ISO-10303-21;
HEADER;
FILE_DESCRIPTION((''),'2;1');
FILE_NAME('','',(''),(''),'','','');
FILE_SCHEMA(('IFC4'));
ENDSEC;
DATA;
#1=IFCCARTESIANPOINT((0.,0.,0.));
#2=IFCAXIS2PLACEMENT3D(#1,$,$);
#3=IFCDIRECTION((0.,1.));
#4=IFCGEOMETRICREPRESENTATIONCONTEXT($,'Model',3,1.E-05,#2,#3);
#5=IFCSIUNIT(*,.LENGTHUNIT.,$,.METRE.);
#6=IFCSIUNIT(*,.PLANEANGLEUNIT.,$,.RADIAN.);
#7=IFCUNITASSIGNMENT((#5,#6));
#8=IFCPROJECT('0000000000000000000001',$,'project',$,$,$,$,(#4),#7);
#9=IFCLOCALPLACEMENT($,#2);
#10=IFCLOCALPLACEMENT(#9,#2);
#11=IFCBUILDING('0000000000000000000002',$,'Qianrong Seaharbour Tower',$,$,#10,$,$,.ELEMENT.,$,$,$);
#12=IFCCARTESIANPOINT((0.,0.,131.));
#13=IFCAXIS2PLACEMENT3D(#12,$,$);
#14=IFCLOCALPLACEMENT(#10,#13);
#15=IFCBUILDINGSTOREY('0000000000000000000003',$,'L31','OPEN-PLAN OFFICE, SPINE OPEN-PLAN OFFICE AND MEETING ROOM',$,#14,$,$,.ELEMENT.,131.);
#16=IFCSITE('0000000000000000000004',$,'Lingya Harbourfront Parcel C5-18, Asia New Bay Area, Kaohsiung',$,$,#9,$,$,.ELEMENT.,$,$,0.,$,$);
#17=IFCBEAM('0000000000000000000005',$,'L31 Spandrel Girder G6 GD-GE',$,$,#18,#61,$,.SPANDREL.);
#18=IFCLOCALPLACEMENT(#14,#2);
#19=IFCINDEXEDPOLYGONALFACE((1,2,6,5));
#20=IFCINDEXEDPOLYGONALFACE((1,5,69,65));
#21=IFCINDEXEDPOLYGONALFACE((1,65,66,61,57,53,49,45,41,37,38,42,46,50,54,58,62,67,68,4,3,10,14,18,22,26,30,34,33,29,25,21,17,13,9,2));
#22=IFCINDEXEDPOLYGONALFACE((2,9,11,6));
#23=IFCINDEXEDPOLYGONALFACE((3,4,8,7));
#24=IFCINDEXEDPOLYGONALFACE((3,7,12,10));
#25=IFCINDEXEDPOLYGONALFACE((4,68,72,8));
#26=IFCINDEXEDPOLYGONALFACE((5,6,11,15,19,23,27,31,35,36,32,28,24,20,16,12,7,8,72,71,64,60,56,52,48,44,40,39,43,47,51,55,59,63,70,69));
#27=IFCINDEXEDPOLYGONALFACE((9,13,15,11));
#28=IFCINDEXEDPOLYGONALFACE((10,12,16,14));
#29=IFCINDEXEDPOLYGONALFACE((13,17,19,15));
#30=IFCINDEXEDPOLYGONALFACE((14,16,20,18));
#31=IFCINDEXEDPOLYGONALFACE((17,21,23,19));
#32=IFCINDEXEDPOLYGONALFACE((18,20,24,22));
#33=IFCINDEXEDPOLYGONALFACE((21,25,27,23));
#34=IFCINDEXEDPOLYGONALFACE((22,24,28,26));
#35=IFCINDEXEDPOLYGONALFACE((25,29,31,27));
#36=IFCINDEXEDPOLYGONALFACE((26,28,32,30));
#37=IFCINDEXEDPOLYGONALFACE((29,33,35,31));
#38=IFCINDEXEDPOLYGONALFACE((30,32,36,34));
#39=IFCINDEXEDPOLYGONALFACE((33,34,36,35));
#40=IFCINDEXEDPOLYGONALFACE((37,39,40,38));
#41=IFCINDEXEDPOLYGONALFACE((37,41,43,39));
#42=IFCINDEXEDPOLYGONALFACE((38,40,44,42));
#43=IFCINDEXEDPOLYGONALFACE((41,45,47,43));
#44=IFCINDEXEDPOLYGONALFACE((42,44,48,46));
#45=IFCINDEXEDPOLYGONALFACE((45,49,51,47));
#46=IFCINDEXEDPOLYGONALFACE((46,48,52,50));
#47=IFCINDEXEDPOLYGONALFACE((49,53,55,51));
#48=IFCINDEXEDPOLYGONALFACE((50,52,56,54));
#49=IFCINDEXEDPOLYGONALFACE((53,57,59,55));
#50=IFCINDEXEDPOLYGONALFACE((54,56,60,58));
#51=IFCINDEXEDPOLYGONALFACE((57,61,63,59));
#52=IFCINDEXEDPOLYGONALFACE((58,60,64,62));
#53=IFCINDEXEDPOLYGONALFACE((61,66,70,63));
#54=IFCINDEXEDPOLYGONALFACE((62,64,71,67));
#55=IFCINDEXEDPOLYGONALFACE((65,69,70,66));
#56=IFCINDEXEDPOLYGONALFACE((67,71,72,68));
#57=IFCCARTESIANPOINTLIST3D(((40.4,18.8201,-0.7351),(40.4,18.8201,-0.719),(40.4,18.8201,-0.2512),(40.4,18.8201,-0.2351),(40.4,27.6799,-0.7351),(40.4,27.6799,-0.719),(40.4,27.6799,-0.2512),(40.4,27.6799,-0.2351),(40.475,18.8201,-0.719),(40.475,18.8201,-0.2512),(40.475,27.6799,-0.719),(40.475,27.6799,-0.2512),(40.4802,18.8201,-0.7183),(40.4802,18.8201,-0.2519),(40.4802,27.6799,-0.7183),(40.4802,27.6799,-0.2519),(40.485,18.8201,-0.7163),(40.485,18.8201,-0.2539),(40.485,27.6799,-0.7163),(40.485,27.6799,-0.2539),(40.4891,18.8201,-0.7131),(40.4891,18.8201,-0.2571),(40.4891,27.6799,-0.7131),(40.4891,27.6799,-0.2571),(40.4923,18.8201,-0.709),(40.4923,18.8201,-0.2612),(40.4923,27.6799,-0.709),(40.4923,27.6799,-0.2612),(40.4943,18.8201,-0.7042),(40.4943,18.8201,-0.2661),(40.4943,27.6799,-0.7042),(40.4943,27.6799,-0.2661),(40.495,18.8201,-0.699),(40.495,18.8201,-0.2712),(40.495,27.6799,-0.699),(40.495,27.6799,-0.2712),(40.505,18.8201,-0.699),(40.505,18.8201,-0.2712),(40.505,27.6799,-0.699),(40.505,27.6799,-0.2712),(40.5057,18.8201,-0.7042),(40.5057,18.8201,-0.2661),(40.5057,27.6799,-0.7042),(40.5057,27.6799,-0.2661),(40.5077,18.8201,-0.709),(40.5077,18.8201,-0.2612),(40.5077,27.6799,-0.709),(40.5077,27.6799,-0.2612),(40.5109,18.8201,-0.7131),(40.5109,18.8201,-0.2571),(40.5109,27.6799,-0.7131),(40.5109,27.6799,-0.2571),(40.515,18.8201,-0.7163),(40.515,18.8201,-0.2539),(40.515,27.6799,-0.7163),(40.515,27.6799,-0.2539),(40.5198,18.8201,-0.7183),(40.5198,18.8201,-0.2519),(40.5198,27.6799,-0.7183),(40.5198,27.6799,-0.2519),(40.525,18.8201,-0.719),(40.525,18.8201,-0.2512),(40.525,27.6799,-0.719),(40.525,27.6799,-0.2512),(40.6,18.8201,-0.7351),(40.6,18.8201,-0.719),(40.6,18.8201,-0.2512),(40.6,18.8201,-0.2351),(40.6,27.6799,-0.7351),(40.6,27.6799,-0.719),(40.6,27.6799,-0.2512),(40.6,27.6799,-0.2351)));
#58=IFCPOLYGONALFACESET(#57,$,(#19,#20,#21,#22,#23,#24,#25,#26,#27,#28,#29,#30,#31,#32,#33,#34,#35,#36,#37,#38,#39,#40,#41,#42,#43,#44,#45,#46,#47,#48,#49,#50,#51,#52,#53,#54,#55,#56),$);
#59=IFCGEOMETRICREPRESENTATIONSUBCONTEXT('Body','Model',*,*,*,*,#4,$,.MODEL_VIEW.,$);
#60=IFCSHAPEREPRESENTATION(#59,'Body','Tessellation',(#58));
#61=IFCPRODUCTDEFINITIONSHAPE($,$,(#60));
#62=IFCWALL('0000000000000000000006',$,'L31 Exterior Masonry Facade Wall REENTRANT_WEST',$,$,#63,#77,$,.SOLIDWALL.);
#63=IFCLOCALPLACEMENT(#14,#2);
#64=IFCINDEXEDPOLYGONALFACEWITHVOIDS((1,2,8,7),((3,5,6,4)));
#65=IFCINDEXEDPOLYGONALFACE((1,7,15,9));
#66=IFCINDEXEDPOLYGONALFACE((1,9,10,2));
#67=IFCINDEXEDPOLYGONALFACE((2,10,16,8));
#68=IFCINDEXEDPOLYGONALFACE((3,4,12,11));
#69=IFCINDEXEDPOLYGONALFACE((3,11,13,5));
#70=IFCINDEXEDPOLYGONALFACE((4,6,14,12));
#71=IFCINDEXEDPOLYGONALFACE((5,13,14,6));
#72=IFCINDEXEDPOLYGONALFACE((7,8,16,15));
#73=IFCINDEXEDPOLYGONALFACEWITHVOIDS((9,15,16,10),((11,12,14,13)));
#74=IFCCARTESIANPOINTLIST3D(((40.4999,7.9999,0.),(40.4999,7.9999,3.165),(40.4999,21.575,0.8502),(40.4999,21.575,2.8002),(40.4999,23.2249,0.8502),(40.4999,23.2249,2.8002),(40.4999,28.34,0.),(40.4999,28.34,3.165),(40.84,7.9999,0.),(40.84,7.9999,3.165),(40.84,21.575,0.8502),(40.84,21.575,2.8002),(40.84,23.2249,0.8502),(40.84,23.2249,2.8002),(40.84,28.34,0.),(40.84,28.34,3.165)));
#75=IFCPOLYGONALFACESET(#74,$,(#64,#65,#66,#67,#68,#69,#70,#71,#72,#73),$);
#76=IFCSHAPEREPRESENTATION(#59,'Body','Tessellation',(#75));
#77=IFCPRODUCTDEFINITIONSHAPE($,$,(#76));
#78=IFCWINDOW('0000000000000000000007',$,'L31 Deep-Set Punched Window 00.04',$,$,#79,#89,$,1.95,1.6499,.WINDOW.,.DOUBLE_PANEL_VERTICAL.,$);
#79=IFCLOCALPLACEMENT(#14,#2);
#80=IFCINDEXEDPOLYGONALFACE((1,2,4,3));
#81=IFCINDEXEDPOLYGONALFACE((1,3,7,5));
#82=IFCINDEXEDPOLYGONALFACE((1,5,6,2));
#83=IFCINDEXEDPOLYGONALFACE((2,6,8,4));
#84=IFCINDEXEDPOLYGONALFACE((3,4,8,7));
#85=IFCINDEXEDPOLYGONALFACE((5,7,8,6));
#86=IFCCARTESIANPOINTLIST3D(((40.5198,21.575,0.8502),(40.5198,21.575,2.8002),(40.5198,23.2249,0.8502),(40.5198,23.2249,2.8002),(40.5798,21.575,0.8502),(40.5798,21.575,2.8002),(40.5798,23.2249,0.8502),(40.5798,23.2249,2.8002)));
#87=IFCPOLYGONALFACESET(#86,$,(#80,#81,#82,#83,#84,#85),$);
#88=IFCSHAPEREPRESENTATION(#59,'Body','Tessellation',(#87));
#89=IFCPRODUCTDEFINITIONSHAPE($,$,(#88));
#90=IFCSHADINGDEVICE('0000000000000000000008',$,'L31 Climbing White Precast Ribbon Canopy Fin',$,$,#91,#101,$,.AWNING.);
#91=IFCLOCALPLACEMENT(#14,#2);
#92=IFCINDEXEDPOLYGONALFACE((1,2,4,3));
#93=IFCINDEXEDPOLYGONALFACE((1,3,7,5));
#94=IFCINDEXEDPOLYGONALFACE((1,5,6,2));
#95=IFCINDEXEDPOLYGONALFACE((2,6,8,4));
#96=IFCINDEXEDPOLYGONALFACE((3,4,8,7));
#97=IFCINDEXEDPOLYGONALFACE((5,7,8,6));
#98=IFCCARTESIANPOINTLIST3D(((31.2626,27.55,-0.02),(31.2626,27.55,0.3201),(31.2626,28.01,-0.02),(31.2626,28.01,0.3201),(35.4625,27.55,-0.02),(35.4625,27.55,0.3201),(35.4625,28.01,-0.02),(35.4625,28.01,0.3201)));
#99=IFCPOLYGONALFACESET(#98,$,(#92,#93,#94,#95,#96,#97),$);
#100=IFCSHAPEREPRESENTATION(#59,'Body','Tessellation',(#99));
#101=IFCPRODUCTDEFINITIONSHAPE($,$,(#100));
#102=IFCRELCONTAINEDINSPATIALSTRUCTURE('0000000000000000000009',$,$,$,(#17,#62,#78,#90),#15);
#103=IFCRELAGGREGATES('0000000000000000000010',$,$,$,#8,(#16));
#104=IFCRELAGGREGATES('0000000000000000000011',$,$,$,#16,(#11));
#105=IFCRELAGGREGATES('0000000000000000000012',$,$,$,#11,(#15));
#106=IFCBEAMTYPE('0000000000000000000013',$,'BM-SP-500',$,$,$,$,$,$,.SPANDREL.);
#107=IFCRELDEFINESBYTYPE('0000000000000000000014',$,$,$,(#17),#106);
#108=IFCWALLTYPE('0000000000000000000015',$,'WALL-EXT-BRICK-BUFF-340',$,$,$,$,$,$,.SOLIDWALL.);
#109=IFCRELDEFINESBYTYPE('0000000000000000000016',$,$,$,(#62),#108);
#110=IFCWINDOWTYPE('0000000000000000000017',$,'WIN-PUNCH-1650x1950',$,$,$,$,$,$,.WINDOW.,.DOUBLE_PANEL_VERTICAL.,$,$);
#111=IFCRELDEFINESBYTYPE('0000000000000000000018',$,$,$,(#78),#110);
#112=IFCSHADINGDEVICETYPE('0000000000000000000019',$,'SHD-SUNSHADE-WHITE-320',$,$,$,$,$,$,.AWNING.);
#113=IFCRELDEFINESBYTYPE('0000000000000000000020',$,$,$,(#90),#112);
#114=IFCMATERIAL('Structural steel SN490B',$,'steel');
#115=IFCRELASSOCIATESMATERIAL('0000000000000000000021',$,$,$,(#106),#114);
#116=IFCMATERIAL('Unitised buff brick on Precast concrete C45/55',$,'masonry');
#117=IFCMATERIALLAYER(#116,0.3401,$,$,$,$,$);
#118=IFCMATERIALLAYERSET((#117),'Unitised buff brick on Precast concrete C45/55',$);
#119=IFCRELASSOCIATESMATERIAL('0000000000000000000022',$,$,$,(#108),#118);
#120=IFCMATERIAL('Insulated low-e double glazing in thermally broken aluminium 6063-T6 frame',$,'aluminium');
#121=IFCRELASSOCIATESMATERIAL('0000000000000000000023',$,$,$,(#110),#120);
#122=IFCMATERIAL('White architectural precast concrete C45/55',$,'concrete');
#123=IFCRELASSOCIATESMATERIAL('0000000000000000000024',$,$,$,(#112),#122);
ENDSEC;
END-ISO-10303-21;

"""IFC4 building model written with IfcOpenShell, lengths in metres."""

from ifc_helpers import new_model, si_unit, direction, frame, frame_2d, origin, origin_2d, place, context, subcontext, project, spatial, rectangle, i_section, extrude, material, layer, layer_set, material_profile, profile_set, type_object, element, fill, save


model = new_model("IFC4")

# Units and contexts
model_context = context("Model", 3, precision=1e-05, world=origin(), true_north=direction((0.0, 1.0)))
body_context = subcontext(model_context, "Body", "Model", "MODEL_VIEW")
ifc_project = project(units=[si_unit("LENGTHUNIT", "METRE"), si_unit("PLANEANGLEUNIT", "RADIAN")], contexts=[model_context])

# Site, building, storey
site_placement = place(None, origin())
site = spatial("IfcSite", under=ifc_project, at=site_placement, Name="Lingya Harbourfront Parcel C5-18, Asia New Bay Area, Kaohsiung", CompositionType="ELEMENT", RefElevation=0.0)
building_placement = place(site_placement, origin())
building = spatial("IfcBuilding", under=site, at=building_placement, Name="Qianrong Seaharbour Tower", CompositionType="ELEMENT")
storey_placement = place(building_placement, frame((0.0, 0.0, 131.0)))
storey = spatial("IfcBuildingStorey", under=building, at=storey_placement, Name="L31", Description="OPEN-PLAN OFFICE, SPINE OPEN-PLAN OFFICE AND MEETING ROOM", CompositionType="ELEMENT", Elevation=131.0)

# Shared definitions
ifc_material_1 = material(Name="Structural steel SN490B", Category="steel")

# Beam
ifc_material_profile_1 = material_profile(ifc_material_1, i_section(OverallWidth=0.2, OverallDepth=0.5, WebThickness=0.01, FlangeThickness=0.0161, FilletRadius=0.02, at=origin_2d()), Name="H500x200x10x16")
ifc_profile_set_1 = profile_set([ifc_material_profile_1], Name="Structural steel SN490B")
beam_type_1 = type_object("IfcBeamType", Name="BM-SP-500", PredefinedType="SPANDREL", material=ifc_profile_set_1)
beam_1_placement = place(storey_placement, frame((40.5, 18.8201, -0.4851), z_axis=(0.0, 1.0, 0.0), x_axis=(-1.0, 0.0, 0.0)))
element("IfcBeam", 1, at=beam_1_placement, inside=storey, type_object=beam_type_1, Name="L31 Spandrel Girder G6 GD-GE", PredefinedType="SPANDREL", context=body_context, shape_type="SweptSolid", body=[
    extrude(i_section(OverallWidth=0.2, OverallDepth=0.5, WebThickness=0.01, FlangeThickness=0.0161, FilletRadius=0.02, at=origin_2d()), origin(), (0.0, 0.0, 1.0), 8.8599),
])

# Wall, opening, window
ifc_material_2 = material(Name="Unitised buff brick on Precast concrete C45/55", Category="masonry")
ifc_layer = layer(ifc_material_2, 0.3401)
ifc_layer_set = layer_set([ifc_layer], Name="Unitised buff brick on Precast concrete C45/55")
wall_type = type_object("IfcWallType", Name="WALL-EXT-BRICK-BUFF-340", PredefinedType="SOLIDWALL", material=ifc_layer_set)
wall_placement = place(storey_placement, frame((40.6699, 8.0, 0.0), z_axis=(0.0, 0.0, 1.0), x_axis=(0.0, 1.0, 0.0)))
wall = element("IfcWall", 2, at=wall_placement, inside=storey, type_object=wall_type, Name="L31 Exterior Masonry Facade Wall REENTRANT_WEST", PredefinedType="SOLIDWALL", context=body_context, shape_type="SweptSolid", body=[
    extrude(rectangle(XDim=20.3401, YDim=0.3401, at=frame_2d((10.1699, 0.0))), origin(), (0.0, 0.0, 1.0), 3.165),
])
opening_placement = place(wall_placement, frame((13.575, 0.0, 0.8501)))
opening = element("IfcOpeningElement", 3, at=opening_placement, cuts=wall, PredefinedType="OPENING", context=body_context, shape_type="SweptSolid", body=[
    extrude(rectangle(XDim=1.6499, YDim=1.95, at=frame_2d((0.825, 0.9751))), frame((0.0, 0.1802, 0.0), z_axis=(0.0, -1.0, 0.0), x_axis=(1.0, 0.0, 0.0)), (0.0, 0.0, 1.0), 0.3601),
])
ifc_material_3 = material(Name="Insulated low-e double glazing in thermally broken aluminium 6063-T6 frame", Category="aluminium")
window_type = type_object("IfcWindowType", Name="WIN-PUNCH-1650x1950", PartitioningType="DOUBLE_PANEL_VERTICAL", PredefinedType="WINDOW", material=ifc_material_3)
window_placement = place(opening_placement, origin())
window = element("IfcWindow", 4, at=window_placement, inside=storey, type_object=window_type, Name="L31 Deep-Set Punched Window 00.04", OverallHeight=1.95, OverallWidth=1.6499, PartitioningType="DOUBLE_PANEL_VERTICAL", PredefinedType="WINDOW", context=body_context, shape_type="SweptSolid", body=[
    extrude(rectangle(XDim=1.6499, YDim=1.95, at=frame_2d((0.825, 0.9751))), frame((0.0, 0.1501, 0.0), z_axis=(0.0, -1.0, 0.0), x_axis=(1.0, 0.0, 0.0)), (0.0, 0.0, 1.0), 0.0601),
])
fill(opening, window)

# Shading device
ifc_material_4 = material(Name="White architectural precast concrete C45/55", Category="concrete")
shading_device_type = type_object("IfcShadingDeviceType", Name="SHD-SUNSHADE-WHITE-320", PredefinedType="AWNING", material=ifc_material_4)
shading_device_placement = place(storey_placement, frame((33.3625, 27.78, -0.02), z_axis=(0.0, 0.0, 1.0), x_axis=(1.0, 0.0, 0.0)))
element("IfcShadingDevice", 5, at=shading_device_placement, inside=storey, type_object=shading_device_type, Name="L31 Climbing White Precast Ribbon Canopy Fin", PredefinedType="AWNING", context=body_context, shape_type="SweptSolid", body=[
    extrude(rectangle(XDim=4.2, YDim=0.46, at=origin_2d()), origin(), (0.0, 0.0, 1.0), 0.3401),
])

save(model, "model.ifc")
